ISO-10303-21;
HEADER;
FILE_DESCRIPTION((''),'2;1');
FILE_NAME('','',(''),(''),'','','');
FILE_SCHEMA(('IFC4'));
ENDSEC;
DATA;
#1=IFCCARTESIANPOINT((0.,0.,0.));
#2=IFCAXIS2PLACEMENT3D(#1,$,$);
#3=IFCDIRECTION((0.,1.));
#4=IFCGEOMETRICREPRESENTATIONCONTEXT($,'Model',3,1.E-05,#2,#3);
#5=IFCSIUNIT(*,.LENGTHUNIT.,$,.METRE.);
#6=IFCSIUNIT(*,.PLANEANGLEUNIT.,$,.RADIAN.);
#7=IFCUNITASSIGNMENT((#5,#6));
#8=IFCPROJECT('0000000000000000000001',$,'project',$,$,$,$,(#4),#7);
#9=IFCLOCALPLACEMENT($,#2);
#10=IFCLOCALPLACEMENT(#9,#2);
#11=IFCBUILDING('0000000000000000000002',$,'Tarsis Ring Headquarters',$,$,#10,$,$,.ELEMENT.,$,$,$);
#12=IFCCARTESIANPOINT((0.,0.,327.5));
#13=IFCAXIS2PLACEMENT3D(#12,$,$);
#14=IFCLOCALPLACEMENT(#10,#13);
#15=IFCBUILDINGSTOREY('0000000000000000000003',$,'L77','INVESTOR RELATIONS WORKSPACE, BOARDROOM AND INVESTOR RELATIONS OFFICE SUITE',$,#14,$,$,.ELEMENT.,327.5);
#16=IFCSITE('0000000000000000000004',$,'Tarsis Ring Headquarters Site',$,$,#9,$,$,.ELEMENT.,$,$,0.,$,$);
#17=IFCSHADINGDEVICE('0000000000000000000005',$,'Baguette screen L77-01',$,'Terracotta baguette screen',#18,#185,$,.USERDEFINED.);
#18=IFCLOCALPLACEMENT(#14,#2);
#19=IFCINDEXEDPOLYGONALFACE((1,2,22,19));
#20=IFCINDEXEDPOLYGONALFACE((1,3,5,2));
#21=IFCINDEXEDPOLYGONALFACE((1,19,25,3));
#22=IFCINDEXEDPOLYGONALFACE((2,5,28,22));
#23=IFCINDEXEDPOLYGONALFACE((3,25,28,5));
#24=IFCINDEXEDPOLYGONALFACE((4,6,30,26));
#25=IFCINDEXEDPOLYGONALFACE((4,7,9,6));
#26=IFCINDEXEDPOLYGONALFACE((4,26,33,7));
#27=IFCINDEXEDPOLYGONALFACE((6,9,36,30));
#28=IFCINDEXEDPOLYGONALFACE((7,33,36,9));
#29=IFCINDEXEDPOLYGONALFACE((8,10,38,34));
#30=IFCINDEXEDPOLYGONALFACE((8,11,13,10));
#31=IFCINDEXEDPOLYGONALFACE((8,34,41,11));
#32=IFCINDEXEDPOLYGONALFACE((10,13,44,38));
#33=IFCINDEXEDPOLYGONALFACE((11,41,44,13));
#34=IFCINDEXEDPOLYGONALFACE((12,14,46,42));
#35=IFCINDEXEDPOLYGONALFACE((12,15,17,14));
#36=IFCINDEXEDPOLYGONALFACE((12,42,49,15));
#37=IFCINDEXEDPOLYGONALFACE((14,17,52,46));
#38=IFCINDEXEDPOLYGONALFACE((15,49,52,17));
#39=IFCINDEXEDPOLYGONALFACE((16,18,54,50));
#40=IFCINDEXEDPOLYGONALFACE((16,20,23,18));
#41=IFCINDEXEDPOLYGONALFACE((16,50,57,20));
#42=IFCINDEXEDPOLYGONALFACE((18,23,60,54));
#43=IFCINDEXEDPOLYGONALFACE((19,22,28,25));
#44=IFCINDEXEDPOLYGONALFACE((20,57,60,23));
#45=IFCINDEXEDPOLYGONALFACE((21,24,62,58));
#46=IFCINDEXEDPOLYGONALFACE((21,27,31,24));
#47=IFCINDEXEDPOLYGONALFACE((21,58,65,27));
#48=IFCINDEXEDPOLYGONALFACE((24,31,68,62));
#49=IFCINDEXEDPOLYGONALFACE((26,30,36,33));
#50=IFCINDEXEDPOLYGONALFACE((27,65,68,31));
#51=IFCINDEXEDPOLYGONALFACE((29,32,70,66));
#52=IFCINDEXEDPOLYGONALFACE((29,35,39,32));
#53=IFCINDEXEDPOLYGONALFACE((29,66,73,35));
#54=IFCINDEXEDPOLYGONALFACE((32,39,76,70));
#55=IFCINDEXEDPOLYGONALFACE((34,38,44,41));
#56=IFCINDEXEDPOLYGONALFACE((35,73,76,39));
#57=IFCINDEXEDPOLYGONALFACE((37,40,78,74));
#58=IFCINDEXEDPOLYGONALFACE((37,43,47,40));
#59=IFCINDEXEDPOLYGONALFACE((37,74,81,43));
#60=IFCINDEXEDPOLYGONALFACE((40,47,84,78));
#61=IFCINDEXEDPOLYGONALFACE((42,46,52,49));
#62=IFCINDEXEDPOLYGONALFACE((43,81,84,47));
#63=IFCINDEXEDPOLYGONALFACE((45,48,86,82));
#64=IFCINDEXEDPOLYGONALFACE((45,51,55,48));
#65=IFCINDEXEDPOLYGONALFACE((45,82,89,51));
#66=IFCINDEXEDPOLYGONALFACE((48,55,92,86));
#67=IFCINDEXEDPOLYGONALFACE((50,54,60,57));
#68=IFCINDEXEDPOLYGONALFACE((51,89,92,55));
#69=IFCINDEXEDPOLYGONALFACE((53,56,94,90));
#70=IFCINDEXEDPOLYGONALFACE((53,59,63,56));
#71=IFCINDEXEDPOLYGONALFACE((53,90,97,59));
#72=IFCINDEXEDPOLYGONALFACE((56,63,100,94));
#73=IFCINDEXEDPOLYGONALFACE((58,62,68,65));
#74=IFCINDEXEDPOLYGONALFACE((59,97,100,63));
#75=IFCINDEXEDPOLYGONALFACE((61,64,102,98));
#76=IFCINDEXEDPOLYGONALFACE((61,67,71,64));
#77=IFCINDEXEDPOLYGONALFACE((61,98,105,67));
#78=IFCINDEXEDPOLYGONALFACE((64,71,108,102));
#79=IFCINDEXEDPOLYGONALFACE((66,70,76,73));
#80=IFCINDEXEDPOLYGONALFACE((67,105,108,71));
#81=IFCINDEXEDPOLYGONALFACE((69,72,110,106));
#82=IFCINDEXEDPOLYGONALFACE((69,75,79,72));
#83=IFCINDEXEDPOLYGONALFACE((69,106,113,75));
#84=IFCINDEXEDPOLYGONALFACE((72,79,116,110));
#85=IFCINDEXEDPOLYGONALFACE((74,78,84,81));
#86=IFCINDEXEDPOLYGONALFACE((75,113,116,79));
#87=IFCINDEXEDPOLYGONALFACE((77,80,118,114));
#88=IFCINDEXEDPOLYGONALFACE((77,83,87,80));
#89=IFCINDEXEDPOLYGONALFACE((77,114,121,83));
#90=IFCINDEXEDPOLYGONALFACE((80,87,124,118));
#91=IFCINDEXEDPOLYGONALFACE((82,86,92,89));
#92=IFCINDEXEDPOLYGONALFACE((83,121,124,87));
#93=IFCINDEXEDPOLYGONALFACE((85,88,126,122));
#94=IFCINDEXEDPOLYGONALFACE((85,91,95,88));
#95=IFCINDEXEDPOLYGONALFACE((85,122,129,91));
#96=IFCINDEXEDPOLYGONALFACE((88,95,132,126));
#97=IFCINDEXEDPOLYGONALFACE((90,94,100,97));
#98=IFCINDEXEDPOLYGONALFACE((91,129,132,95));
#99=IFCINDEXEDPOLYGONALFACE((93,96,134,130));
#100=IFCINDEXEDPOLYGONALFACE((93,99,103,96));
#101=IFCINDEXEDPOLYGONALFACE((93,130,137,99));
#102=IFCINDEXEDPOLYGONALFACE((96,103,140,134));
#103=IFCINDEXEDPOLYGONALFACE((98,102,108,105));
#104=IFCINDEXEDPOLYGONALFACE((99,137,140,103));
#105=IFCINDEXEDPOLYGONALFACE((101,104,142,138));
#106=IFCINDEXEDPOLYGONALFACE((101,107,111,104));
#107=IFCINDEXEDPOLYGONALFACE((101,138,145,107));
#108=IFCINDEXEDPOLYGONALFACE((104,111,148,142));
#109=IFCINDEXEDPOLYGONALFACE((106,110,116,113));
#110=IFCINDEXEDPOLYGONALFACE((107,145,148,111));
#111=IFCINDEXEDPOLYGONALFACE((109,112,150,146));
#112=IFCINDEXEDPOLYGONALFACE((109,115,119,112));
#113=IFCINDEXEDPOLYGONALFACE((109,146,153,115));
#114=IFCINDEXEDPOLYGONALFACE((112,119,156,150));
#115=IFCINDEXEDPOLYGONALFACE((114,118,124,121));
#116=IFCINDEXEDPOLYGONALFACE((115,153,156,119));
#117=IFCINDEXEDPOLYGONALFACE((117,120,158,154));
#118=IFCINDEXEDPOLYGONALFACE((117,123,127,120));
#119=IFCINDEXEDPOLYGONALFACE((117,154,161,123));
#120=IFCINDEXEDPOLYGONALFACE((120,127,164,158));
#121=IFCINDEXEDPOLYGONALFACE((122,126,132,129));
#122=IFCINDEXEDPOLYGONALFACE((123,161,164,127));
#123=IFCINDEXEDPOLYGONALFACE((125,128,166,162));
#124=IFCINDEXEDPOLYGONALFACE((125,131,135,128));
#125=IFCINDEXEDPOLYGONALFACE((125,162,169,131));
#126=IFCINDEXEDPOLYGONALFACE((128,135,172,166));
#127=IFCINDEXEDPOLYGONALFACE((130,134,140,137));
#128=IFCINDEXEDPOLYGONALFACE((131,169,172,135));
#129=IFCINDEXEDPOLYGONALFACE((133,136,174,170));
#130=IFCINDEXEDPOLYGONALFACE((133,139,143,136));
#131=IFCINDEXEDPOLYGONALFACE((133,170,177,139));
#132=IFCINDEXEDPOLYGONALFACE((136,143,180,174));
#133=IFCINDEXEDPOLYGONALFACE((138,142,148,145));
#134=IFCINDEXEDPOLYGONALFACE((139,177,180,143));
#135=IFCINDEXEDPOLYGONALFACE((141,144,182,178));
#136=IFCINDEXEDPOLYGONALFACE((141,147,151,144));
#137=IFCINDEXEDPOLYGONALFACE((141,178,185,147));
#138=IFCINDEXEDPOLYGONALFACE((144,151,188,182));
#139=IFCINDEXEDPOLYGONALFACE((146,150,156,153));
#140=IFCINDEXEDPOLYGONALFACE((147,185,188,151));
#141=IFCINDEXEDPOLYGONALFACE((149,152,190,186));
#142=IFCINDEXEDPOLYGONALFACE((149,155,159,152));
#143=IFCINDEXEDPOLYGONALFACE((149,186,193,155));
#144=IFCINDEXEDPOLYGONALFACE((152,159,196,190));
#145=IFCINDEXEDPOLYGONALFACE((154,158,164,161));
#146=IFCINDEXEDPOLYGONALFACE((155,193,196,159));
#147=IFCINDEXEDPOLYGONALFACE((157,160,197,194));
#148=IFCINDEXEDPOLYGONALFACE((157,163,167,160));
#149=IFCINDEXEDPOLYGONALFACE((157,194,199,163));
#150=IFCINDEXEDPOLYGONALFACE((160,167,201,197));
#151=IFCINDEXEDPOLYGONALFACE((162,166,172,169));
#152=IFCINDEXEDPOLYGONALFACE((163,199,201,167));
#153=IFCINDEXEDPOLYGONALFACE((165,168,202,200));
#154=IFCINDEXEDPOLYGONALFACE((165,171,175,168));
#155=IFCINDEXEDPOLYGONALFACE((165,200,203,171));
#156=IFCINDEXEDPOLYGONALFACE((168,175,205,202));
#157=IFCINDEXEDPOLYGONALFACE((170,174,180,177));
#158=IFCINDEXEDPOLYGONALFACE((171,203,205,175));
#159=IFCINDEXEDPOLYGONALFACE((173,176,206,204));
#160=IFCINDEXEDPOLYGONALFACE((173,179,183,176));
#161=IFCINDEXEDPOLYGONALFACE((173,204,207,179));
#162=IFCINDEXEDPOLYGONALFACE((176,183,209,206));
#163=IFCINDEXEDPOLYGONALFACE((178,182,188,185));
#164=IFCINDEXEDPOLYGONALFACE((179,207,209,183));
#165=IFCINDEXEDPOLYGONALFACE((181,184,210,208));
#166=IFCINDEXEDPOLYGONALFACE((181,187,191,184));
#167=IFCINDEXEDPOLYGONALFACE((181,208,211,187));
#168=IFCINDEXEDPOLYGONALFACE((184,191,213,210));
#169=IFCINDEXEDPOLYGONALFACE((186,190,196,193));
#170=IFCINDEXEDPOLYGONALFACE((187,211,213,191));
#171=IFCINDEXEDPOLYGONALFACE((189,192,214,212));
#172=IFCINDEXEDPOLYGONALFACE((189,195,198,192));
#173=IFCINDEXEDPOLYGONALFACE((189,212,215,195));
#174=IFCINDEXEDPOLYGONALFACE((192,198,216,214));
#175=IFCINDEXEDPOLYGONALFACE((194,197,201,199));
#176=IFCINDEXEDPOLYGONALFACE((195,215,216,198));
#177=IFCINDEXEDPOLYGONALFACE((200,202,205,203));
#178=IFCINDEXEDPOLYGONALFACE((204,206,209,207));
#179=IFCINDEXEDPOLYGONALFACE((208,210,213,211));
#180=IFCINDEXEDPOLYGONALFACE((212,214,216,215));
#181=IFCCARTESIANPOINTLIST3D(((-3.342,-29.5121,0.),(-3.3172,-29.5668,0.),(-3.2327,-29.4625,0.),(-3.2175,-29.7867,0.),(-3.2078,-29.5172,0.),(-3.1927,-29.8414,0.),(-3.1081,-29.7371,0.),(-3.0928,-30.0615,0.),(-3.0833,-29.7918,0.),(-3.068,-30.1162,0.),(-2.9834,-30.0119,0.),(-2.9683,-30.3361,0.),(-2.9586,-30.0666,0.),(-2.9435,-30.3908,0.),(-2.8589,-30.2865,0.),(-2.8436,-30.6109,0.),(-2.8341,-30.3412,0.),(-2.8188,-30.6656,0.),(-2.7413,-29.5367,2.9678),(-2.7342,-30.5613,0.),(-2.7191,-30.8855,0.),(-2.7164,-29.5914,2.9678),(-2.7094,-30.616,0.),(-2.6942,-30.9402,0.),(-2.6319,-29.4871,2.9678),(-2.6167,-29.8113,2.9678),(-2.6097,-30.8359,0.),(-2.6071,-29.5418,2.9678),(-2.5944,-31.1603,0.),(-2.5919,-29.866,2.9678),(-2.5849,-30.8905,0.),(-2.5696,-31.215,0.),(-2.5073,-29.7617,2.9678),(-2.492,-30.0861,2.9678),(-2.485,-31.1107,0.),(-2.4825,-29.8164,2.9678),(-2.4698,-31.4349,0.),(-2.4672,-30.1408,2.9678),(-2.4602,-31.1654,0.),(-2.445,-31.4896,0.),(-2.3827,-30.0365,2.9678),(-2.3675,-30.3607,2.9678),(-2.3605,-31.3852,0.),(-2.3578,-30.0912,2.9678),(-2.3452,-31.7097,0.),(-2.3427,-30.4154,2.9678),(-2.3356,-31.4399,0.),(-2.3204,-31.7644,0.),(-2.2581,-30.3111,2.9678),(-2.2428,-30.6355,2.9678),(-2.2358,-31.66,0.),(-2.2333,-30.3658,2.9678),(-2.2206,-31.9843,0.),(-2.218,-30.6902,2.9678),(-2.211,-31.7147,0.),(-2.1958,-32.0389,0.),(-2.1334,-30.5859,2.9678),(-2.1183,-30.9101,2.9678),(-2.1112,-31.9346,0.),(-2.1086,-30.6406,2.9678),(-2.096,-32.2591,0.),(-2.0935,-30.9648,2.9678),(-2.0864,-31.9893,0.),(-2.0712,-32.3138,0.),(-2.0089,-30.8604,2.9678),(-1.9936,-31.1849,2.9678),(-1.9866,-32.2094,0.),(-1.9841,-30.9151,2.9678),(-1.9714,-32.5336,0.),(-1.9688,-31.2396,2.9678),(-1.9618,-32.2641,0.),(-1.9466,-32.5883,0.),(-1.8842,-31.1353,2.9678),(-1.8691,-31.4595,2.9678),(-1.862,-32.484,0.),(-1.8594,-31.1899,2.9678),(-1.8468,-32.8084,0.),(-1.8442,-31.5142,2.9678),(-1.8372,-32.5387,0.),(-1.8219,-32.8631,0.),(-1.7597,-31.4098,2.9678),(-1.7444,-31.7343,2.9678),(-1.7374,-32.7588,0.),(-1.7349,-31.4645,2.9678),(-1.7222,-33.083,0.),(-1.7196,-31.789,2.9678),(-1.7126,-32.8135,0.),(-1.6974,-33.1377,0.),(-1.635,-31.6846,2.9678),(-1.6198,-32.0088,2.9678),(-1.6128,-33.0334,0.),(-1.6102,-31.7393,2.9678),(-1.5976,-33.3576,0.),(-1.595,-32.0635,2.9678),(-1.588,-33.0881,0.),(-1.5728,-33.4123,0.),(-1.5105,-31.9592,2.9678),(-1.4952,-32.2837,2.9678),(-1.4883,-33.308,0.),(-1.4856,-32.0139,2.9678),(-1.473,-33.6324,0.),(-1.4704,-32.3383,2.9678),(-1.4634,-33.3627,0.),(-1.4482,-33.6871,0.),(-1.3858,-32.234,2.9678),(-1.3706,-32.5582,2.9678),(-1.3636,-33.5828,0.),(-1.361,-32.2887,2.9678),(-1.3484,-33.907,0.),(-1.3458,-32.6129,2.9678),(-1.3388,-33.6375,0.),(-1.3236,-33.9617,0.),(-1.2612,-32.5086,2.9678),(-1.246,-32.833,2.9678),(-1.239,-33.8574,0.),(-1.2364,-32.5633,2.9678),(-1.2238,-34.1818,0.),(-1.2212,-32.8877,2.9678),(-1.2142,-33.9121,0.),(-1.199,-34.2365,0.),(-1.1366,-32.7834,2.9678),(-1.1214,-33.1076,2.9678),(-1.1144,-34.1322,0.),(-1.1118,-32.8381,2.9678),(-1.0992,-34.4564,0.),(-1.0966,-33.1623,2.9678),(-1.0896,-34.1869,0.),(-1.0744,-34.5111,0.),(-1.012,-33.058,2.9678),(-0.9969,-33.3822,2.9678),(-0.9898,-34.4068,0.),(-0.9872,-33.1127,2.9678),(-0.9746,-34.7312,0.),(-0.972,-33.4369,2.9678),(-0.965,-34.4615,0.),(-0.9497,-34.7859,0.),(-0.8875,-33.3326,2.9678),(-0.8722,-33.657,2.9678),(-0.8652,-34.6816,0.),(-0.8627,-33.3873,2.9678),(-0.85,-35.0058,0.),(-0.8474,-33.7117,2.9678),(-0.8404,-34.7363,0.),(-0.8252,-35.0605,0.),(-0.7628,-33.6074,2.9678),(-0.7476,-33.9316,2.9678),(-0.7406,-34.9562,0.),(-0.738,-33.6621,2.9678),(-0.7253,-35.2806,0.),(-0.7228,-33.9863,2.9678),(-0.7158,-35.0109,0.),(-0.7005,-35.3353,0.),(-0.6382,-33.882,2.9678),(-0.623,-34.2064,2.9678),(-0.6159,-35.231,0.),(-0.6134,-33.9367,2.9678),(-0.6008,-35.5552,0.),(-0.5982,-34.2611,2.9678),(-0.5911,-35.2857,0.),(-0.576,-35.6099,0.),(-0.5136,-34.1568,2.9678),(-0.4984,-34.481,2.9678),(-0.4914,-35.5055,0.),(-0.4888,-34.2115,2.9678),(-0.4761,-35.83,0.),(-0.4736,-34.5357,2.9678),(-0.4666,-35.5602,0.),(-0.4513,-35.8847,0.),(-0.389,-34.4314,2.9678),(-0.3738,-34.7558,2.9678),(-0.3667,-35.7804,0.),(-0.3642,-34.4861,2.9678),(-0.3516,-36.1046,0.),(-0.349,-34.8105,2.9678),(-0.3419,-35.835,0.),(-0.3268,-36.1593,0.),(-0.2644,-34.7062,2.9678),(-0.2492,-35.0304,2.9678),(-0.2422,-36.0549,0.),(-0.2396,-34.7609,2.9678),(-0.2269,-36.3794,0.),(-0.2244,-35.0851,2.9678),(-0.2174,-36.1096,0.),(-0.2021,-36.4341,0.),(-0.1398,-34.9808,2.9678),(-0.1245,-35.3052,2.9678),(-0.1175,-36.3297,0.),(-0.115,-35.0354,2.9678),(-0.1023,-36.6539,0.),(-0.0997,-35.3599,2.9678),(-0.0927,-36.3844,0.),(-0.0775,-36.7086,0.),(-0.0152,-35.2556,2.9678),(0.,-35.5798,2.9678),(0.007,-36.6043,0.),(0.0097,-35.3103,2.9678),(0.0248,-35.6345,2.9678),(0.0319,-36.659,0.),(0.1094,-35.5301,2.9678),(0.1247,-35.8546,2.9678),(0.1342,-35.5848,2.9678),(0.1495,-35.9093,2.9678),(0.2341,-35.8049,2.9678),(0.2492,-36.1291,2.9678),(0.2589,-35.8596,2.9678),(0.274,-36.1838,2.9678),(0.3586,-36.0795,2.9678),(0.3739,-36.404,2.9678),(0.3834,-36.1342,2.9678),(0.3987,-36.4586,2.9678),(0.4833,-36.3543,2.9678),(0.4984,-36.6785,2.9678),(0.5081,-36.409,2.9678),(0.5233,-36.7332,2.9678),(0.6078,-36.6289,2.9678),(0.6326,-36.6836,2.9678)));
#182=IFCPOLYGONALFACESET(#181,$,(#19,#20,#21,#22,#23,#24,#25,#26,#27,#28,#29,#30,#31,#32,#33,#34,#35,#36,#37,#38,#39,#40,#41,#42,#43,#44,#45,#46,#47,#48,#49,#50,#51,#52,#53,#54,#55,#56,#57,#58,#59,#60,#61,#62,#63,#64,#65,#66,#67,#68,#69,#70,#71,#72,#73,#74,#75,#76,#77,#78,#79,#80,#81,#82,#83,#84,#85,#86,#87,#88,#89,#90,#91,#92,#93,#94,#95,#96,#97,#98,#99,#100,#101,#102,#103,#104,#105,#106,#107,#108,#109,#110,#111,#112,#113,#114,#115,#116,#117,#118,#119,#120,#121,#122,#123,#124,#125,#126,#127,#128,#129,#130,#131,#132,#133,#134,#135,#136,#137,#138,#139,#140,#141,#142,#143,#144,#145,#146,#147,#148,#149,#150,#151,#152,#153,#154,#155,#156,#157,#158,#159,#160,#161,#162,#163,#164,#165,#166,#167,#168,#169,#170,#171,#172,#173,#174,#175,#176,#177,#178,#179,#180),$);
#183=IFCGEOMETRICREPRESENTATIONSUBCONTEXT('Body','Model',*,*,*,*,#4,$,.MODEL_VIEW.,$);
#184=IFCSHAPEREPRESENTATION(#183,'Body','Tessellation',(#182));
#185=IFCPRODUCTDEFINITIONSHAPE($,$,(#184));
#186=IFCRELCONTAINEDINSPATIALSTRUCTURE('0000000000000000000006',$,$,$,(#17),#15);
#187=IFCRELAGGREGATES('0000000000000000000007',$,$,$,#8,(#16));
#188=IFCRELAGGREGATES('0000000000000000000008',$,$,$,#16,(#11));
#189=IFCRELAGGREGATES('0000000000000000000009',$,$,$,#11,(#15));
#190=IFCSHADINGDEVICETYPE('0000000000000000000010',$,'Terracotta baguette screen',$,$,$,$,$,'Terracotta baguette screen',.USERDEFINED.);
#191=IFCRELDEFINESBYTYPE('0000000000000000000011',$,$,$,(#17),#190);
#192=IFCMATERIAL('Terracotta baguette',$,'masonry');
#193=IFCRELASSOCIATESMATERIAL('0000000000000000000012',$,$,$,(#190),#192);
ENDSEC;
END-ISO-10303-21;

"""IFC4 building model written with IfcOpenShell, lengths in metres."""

from ifc_helpers import new_model, si_unit, direction, frame, frame_2d, origin, place, context, subcontext, project, spatial, rectangle, composite_profile, extrude, material, type_object, element, save


model = new_model("IFC4")

# Units and contexts
model_context = context("Model", 3, precision=1e-05, world=origin(), true_north=direction((0.0, 1.0)))
body_context = subcontext(model_context, "Body", "Model", "MODEL_VIEW")
ifc_project = project(units=[si_unit("LENGTHUNIT", "METRE"), si_unit("PLANEANGLEUNIT", "RADIAN")], contexts=[model_context])

# Site, building, storey
site_placement = place(None, origin())
site = spatial("IfcSite", under=ifc_project, at=site_placement, Name="Tarsis Ring Headquarters Site", CompositionType="ELEMENT", RefElevation=0.0)
building_placement = place(site_placement, origin())
building = spatial("IfcBuilding", under=site, at=building_placement, Name="Tarsis Ring Headquarters", CompositionType="ELEMENT")
storey_placement = place(building_placement, frame((0.0, 0.0, 327.5)))
storey = spatial("IfcBuildingStorey", under=building, at=storey_placement, Name="L77", Description="INVESTOR RELATIONS WORKSPACE, BOARDROOM AND INVESTOR RELATIONS OFFICE SUITE", CompositionType="ELEMENT", Elevation=327.5)

# Shading device
ifc_material_1 = material(Name="Terracotta baguette", Category="masonry")
shading_device_type = type_object("IfcShadingDeviceType", Name="Terracotta baguette screen", ElementType="Terracotta baguette screen", PredefinedType="USERDEFINED", material=ifc_material_1)
shading_device_1_placement = place(storey_placement, frame((-3.2874, -29.4873, 0.0), z_axis=(0.0, 0.0, 1.0), x_axis=(0.413106, -0.910681, 0.0)))
element("IfcShadingDevice", 1, at=shading_device_1_placement, inside=storey, type_object=shading_device_type, Name="Baguette screen L77-01", ObjectType="Terracotta baguette screen", PredefinedType="USERDEFINED", context=body_context, shape_type="SweptSolid", body=[
    extrude(composite_profile([rectangle(XDim=0.0601, YDim=0.1201, at=frame_2d((0.03, 0.0))), rectangle(XDim=0.0601, YDim=0.1201, at=frame_2d((0.3315, 0.0))), rectangle(XDim=0.0601, YDim=0.1201, at=frame_2d((0.6333, 0.0))), rectangle(XDim=0.0601, YDim=0.1201, at=frame_2d((0.9348, 0.0))), rectangle(XDim=0.0601, YDim=0.1201, at=frame_2d((1.2366, 0.0))), rectangle(XDim=0.0601, YDim=0.1201, at=frame_2d((1.5381, 0.0))), rectangle(XDim=0.0601, YDim=0.1201, at=frame_2d((1.8398, 0.0))), rectangle(XDim=0.0601, YDim=0.1201, at=frame_2d((2.1414, 0.0))), rectangle(XDim=0.0601, YDim=0.1201, at=frame_2d((2.4431, 0.0))), rectangle(XDim=0.0601, YDim=0.1201, at=frame_2d((2.7446, 0.0))), rectangle(XDim=0.0601, YDim=0.1201, at=frame_2d((3.0464, 0.0))), rectangle(XDim=0.0601, YDim=0.1201, at=frame_2d((3.3479, 0.0))), rectangle(XDim=0.0601, YDim=0.1201, at=frame_2d((3.6497, 0.0))), rectangle(XDim=0.0601, YDim=0.1201, at=frame_2d((3.9512, 0.0))), rectangle(XDim=0.0601, YDim=0.1201, at=frame_2d((4.2527, 0.0))), rectangle(XDim=0.0601, YDim=0.1201, at=frame_2d((4.5544, 0.0))), rectangle(XDim=0.0601, YDim=0.1201, at=frame_2d((4.856, 0.0))), rectangle(XDim=0.0601, YDim=0.1201, at=frame_2d((5.1577, 0.0))), rectangle(XDim=0.0601, YDim=0.1201, at=frame_2d((5.4592, 0.0))), rectangle(XDim=0.0601, YDim=0.1201, at=frame_2d((5.761, 0.0))), rectangle(XDim=0.0601, YDim=0.1201, at=frame_2d((6.0625, 0.0))), rectangle(XDim=0.0601, YDim=0.1201, at=frame_2d((6.3643, 0.0))), rectangle(XDim=0.0601, YDim=0.1201, at=frame_2d((6.6658, 0.0))), rectangle(XDim=0.0601, YDim=0.1201, at=frame_2d((6.9675, 0.0))), rectangle(XDim=0.0601, YDim=0.1201, at=frame_2d((7.269, 0.0))), rectangle(XDim=0.0601, YDim=0.1201, at=frame_2d((7.5708, 0.0))), rectangle(XDim=0.0601, YDim=0.1201, at=frame_2d((7.8723, 0.0)))]), origin(), (0.089358, 0.17733, 0.980086), 3.0281),
])

save(model, "model.ifc")
